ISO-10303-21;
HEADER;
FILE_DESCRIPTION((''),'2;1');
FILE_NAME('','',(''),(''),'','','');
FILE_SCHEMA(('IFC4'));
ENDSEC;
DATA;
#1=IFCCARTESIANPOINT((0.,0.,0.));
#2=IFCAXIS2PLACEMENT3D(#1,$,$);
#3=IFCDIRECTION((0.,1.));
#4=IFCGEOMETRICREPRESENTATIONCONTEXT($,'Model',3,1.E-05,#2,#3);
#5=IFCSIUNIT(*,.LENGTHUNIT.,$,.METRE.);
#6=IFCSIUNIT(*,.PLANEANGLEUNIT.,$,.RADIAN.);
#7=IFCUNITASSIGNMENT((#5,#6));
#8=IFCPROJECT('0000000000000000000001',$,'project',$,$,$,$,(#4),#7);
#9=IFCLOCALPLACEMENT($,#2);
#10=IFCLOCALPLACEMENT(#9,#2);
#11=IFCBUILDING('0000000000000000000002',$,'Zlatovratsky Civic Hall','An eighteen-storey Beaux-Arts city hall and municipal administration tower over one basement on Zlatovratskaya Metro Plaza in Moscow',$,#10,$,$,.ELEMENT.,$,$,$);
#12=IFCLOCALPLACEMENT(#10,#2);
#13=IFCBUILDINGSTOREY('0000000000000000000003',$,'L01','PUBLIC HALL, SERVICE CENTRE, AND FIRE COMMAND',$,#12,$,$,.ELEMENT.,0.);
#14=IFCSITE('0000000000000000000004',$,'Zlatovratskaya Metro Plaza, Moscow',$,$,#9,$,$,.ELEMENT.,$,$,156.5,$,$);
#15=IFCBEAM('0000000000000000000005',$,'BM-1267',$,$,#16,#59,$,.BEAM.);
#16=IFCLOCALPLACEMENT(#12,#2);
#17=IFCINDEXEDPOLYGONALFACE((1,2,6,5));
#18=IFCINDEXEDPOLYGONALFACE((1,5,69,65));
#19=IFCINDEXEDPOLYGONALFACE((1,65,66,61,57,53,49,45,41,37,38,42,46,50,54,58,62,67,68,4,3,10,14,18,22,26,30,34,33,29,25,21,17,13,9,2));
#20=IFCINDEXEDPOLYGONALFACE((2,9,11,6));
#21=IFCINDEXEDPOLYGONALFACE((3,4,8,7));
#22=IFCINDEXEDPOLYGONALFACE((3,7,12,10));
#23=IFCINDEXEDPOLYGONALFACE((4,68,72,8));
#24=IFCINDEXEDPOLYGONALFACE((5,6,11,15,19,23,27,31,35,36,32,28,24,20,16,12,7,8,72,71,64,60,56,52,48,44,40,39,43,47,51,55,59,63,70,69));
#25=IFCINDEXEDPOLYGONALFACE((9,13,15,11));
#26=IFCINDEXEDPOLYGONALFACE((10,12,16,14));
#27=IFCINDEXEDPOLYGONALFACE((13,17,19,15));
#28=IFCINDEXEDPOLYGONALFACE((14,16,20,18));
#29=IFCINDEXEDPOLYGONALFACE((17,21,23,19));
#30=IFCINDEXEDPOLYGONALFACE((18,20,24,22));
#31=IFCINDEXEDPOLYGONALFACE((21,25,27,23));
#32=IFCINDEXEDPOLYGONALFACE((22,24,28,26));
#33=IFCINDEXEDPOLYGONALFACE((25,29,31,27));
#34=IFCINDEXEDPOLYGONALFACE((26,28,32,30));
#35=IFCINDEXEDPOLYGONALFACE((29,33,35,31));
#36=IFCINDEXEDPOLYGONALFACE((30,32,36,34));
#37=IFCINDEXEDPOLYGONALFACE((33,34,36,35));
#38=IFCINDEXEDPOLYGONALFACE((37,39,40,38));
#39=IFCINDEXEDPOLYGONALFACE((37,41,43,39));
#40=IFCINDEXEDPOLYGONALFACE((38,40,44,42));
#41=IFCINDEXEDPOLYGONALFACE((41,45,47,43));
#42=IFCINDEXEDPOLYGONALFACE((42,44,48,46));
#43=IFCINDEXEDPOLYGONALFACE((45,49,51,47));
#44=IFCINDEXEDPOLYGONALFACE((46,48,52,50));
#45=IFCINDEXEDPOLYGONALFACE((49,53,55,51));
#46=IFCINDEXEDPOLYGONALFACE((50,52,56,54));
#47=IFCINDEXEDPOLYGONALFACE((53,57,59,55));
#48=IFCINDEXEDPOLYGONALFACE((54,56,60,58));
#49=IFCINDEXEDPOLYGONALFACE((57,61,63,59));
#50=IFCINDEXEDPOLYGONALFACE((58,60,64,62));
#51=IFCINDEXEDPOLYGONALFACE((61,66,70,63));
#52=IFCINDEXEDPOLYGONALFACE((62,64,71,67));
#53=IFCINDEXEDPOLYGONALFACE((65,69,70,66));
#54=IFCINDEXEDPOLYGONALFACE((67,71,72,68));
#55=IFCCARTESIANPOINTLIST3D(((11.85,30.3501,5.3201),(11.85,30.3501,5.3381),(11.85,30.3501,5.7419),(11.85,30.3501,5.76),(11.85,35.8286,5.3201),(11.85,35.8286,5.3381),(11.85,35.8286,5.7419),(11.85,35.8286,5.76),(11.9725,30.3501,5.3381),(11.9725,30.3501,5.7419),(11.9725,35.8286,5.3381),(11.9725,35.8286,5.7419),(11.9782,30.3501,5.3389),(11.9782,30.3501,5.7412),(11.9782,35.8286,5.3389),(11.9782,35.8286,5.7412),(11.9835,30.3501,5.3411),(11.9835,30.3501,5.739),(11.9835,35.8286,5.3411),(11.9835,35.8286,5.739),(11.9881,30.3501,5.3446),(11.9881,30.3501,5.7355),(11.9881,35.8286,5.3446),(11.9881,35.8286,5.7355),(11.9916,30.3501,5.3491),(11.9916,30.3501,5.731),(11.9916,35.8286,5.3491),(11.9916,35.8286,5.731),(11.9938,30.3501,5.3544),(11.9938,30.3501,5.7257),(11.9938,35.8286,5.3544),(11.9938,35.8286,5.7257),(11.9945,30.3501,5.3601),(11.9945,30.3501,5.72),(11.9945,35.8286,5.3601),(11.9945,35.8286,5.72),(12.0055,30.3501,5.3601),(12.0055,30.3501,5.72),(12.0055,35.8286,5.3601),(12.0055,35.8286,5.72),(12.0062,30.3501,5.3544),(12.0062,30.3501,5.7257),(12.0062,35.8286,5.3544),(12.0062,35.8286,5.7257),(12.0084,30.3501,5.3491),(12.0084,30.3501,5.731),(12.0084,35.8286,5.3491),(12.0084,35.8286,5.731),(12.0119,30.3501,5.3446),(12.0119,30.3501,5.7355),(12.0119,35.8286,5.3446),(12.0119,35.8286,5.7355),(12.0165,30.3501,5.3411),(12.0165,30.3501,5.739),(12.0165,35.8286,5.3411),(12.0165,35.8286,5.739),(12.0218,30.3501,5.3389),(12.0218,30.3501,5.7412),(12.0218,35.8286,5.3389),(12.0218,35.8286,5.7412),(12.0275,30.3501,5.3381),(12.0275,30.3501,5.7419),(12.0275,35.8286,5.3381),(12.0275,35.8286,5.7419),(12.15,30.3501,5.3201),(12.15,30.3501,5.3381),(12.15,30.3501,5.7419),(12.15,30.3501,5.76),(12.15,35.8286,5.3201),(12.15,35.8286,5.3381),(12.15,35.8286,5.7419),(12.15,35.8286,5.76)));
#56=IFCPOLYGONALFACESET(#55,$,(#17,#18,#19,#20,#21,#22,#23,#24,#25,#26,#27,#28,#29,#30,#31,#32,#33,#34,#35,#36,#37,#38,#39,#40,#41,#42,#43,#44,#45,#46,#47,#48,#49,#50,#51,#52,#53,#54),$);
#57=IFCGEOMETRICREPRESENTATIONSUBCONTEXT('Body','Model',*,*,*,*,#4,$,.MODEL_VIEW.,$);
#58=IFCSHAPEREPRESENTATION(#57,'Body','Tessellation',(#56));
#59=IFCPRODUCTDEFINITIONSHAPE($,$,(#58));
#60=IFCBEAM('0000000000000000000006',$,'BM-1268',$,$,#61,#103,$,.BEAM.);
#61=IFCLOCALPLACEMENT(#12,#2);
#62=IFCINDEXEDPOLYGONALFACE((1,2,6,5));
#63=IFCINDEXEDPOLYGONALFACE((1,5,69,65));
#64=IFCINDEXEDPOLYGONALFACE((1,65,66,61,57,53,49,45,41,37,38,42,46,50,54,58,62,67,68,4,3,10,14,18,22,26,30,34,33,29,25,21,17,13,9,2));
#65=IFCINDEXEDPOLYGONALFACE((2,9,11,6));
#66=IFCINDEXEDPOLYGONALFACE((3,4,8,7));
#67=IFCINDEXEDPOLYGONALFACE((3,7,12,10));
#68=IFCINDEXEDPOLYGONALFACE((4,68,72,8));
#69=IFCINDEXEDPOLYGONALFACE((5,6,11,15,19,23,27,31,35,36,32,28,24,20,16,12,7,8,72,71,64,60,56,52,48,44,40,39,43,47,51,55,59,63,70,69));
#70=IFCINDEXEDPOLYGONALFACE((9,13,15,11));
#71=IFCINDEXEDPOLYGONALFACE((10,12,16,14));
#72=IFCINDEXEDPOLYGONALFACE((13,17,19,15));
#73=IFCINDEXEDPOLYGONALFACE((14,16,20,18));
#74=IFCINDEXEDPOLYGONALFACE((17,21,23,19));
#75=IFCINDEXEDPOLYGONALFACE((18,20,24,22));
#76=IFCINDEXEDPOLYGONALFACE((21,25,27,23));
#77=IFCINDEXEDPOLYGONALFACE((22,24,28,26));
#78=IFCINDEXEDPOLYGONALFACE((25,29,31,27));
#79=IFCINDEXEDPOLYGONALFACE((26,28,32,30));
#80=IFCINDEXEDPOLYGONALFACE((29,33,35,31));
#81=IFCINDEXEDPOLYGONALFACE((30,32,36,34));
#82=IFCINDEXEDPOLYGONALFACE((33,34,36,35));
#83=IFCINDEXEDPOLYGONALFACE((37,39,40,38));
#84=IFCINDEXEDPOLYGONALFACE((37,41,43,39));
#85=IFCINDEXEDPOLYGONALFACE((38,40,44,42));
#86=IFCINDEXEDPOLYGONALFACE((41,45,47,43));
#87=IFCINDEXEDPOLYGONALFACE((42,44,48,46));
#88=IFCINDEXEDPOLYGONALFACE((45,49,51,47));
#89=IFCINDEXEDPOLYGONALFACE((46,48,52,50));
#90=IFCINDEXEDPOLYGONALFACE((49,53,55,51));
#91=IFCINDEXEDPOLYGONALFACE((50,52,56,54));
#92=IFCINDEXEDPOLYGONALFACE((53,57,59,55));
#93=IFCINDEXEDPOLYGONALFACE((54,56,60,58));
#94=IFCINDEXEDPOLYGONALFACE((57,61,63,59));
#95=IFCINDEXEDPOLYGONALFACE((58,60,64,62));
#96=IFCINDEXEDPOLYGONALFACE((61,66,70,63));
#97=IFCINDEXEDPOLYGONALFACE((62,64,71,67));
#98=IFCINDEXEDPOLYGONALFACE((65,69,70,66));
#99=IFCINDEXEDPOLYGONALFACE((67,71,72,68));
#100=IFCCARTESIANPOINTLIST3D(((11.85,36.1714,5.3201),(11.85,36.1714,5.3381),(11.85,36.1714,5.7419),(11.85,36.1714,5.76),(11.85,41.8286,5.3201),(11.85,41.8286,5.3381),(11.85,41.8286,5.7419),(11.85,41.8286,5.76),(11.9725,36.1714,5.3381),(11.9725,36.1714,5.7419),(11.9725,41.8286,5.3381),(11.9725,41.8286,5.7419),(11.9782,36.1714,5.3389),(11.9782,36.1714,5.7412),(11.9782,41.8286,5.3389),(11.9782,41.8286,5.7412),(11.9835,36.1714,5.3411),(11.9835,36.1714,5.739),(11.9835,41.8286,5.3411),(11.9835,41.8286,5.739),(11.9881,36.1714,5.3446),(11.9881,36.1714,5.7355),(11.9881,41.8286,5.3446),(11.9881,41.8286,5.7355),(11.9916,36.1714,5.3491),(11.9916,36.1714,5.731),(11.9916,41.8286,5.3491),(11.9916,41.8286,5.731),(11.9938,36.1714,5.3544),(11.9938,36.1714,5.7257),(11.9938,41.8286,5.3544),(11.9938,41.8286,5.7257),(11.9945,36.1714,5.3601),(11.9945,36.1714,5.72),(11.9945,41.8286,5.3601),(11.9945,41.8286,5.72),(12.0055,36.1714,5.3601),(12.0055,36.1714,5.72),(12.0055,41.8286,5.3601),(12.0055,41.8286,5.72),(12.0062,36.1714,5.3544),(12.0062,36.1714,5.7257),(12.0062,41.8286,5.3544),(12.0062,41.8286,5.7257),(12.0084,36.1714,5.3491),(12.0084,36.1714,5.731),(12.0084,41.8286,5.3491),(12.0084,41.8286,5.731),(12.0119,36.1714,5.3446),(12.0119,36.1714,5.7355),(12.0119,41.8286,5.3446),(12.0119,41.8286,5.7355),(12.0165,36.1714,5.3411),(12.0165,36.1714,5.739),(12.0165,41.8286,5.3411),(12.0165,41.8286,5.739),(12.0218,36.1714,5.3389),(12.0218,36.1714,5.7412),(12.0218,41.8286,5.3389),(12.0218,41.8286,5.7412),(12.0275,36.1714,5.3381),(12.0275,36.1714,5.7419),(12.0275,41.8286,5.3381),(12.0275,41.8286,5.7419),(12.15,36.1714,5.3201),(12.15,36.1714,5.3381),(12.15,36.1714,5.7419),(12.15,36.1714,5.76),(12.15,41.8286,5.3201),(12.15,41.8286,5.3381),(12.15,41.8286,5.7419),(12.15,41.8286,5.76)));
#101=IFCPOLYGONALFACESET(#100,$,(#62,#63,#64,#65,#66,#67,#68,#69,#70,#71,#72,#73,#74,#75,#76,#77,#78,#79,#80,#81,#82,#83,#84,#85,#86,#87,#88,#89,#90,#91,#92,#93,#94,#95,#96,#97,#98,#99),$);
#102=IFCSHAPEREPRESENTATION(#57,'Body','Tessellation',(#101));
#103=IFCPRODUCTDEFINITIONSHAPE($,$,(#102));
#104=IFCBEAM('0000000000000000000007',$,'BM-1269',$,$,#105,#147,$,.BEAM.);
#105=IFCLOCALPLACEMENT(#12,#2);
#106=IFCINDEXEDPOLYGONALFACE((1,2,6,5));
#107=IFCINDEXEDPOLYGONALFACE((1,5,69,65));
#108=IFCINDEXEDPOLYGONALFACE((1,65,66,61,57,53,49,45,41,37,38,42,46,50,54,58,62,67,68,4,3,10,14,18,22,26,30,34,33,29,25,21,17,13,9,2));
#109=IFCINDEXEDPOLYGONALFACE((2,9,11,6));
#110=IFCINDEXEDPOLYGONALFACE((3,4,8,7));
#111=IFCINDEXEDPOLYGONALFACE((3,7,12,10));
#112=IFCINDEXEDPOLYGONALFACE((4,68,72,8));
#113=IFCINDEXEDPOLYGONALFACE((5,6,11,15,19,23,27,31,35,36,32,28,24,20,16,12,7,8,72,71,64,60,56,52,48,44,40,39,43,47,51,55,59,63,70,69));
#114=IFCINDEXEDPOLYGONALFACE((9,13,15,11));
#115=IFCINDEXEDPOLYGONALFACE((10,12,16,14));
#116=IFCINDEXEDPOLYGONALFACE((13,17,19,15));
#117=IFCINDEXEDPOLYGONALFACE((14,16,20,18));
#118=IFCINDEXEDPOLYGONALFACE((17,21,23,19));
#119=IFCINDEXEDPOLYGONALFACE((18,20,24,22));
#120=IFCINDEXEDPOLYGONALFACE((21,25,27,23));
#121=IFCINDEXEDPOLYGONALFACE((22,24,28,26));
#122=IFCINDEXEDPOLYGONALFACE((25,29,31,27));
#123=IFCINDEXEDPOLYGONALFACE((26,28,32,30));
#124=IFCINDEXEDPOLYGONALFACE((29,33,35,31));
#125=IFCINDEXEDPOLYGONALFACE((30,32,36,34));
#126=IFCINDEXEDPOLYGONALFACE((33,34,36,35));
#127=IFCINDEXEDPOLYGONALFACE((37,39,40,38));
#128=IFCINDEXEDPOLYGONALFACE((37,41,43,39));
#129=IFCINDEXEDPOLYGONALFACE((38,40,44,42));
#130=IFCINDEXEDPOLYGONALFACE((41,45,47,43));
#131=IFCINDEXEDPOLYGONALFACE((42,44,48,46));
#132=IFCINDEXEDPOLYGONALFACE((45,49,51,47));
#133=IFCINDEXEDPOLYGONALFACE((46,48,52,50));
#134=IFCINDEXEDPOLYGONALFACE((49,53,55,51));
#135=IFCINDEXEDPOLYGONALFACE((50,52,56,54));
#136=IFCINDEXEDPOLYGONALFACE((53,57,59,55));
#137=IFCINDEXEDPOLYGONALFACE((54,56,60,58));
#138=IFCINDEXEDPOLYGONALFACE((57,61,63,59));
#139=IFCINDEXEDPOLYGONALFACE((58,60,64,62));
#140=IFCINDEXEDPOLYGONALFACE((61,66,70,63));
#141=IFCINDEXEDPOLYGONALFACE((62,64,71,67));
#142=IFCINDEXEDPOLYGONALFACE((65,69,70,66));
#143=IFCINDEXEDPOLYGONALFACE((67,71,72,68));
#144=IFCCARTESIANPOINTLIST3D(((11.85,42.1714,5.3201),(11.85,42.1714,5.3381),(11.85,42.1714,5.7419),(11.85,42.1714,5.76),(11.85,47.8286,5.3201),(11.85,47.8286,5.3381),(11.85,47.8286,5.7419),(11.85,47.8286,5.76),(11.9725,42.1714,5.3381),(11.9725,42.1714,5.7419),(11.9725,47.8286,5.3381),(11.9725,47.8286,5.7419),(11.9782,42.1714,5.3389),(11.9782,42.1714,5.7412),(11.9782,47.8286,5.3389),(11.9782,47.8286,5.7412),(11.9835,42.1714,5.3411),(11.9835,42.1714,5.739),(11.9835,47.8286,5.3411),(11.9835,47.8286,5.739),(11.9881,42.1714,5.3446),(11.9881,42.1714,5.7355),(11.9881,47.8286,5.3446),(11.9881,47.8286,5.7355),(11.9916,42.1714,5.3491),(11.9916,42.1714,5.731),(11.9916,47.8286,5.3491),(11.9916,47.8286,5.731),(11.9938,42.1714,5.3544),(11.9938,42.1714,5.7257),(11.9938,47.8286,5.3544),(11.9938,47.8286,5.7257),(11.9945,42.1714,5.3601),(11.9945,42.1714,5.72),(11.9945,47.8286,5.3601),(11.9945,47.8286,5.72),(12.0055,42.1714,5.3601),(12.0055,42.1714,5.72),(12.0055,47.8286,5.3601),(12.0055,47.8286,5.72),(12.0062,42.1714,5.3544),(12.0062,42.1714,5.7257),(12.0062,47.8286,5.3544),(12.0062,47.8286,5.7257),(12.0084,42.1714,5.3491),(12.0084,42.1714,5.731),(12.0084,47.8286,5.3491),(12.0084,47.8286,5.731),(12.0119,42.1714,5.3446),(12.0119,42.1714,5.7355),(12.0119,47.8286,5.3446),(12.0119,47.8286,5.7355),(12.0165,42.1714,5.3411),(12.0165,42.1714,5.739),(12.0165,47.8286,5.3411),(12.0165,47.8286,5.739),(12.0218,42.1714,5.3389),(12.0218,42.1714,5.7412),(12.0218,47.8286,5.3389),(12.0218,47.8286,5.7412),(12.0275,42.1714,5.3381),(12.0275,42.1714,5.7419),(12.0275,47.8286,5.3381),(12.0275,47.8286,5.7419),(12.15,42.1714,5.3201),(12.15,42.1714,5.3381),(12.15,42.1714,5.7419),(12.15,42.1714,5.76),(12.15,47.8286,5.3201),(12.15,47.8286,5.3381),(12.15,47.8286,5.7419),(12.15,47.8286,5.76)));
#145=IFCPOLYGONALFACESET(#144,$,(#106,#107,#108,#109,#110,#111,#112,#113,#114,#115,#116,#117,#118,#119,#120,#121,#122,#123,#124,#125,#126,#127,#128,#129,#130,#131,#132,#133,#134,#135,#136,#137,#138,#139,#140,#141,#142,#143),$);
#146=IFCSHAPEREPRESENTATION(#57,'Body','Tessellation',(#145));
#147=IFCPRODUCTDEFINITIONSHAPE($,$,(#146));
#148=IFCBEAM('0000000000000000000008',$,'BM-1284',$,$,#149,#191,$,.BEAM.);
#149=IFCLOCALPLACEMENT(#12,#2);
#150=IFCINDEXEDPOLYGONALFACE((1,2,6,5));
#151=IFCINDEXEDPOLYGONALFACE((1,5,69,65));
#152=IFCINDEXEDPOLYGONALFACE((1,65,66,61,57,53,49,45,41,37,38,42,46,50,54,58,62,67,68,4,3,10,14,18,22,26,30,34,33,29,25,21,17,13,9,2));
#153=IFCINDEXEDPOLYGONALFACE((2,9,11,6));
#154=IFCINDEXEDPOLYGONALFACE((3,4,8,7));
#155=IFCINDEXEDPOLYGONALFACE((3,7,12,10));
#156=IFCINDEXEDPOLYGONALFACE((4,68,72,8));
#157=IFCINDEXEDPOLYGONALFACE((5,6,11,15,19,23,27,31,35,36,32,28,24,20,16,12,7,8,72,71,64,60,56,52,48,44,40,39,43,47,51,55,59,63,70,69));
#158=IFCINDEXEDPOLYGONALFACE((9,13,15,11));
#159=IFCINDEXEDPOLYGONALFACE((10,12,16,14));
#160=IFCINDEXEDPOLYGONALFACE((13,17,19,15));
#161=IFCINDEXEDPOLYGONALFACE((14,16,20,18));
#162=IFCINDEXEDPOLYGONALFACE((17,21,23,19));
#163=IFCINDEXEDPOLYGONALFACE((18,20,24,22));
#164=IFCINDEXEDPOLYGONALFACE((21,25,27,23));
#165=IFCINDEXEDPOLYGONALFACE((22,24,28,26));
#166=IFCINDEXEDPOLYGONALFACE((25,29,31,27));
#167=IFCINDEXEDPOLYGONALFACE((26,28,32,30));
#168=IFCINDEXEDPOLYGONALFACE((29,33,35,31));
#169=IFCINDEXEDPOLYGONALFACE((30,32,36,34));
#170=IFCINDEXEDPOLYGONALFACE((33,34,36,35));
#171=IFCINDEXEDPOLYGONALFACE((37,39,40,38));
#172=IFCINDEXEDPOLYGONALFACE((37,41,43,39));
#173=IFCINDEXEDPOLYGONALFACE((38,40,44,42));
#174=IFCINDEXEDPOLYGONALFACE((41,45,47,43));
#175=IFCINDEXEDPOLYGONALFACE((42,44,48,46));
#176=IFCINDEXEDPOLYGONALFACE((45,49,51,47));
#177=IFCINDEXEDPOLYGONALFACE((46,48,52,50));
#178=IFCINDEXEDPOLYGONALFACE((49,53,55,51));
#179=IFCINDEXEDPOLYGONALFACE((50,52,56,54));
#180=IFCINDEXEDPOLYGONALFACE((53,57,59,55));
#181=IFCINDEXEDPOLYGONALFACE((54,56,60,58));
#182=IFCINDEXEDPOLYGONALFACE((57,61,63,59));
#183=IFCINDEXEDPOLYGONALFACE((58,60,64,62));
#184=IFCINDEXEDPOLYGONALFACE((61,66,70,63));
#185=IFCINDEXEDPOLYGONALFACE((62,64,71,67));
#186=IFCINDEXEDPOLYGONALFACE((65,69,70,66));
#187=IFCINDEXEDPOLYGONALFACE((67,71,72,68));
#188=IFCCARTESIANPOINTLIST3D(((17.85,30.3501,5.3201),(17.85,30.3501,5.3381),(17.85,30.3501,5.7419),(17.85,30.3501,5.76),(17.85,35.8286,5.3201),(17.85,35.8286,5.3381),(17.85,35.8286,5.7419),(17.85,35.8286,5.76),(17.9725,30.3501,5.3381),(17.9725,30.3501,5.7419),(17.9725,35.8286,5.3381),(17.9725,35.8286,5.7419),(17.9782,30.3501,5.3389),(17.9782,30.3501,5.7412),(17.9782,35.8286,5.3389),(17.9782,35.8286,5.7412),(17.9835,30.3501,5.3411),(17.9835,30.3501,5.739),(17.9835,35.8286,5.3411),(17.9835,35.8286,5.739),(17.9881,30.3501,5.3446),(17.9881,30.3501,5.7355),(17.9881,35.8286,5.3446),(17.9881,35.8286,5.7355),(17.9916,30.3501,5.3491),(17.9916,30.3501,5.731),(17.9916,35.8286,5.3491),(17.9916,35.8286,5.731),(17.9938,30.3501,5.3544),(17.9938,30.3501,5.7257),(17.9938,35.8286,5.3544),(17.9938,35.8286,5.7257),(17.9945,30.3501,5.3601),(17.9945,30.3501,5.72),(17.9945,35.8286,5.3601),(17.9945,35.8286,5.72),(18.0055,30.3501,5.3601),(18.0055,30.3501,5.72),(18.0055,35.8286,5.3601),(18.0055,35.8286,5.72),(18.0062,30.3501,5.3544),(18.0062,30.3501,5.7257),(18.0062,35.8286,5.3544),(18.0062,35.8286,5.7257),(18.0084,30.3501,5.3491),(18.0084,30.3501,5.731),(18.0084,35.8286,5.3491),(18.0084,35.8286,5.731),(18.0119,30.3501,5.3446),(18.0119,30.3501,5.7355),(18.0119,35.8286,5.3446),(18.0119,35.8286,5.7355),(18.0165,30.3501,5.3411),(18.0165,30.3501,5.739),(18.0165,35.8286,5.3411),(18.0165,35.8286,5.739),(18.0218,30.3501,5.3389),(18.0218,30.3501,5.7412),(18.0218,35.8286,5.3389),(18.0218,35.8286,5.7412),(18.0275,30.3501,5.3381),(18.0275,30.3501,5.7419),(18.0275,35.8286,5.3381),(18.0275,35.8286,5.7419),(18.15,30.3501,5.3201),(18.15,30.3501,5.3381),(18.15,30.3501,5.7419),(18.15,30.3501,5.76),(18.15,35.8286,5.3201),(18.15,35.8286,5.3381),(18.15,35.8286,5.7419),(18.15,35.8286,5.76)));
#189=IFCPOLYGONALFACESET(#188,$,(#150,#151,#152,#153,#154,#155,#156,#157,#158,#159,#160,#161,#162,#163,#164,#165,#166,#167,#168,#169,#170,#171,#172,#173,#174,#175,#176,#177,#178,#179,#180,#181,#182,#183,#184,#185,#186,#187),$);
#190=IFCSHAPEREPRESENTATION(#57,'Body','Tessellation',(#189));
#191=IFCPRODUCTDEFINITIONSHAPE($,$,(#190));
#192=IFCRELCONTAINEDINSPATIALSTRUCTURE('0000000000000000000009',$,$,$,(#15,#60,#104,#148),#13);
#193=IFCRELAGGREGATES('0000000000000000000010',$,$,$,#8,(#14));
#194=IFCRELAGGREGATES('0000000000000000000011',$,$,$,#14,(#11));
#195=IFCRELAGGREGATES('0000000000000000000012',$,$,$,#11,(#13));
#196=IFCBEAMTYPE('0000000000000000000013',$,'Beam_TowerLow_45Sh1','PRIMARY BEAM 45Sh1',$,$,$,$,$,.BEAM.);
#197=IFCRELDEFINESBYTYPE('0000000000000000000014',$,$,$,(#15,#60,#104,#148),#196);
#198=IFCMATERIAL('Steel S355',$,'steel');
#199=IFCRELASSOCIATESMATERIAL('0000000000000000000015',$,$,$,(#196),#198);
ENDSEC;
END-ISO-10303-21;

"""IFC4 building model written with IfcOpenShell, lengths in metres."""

from ifc_helpers import new_model, si_unit, direction, frame, origin, origin_2d, place, context, subcontext, project, spatial, i_section, extrude, material, material_profile, profile_set, type_object, element, save


model = new_model("IFC4")

# Units and contexts
model_context = context("Model", 3, precision=1e-05, world=origin(), true_north=direction((0.0, 1.0)))
body_context = subcontext(model_context, "Body", "Model", "MODEL_VIEW")
ifc_project = project(units=[si_unit("LENGTHUNIT", "METRE"), si_unit("PLANEANGLEUNIT", "RADIAN")], contexts=[model_context])

# Site, building, storey
site_placement = place(None, origin())
site = spatial("IfcSite", under=ifc_project, at=site_placement, Name="Zlatovratskaya Metro Plaza, Moscow", CompositionType="ELEMENT", RefElevation=156.5)
building_placement = place(site_placement, origin())
building = spatial("IfcBuilding", under=site, at=building_placement, Name="Zlatovratsky Civic Hall", Description="An eighteen-storey Beaux-Arts city hall and municipal administration tower over one basement on Zlatovratskaya Metro Plaza in Moscow", CompositionType="ELEMENT")
storey_placement = place(building_placement, origin())
storey = spatial("IfcBuildingStorey", under=building, at=storey_placement, Name="L01", Description="PUBLIC HALL, SERVICE CENTRE, AND FIRE COMMAND", CompositionType="ELEMENT", Elevation=0.0)

# Shared definitions
ifc_material_1 = material(Name="Steel S355", Category="steel")

# Beams
ifc_material_profile_1 = material_profile(ifc_material_1, i_section(OverallWidth=0.3, OverallDepth=0.4399, WebThickness=0.011, FlangeThickness=0.0181, FilletRadius=0.022, at=origin_2d()), Name="45Sh1")
ifc_profile_set_1 = profile_set([ifc_material_profile_1], Name="Steel S355")
beam_type_1 = type_object("IfcBeamType", Name="Beam_TowerLow_45Sh1", Description="PRIMARY BEAM 45Sh1", PredefinedType="BEAM", material=ifc_profile_set_1)
beam_1_placement = place(storey_placement, frame((12.0, 30.3501, 5.54), z_axis=(0.0, 1.0, 0.0), x_axis=(-1.0, 0.0, 0.0)))
element("IfcBeam", 1, at=beam_1_placement, inside=storey, type_object=beam_type_1, Name="BM-1267", PredefinedType="BEAM", context=body_context, shape_type="SweptSolid", body=[
    extrude(i_section(OverallWidth=0.3, OverallDepth=0.4399, WebThickness=0.011, FlangeThickness=0.0181, FilletRadius=0.022, at=origin_2d()), origin(), (0.0, 0.0, 1.0), 5.4785),
])
for number, where, z_axis, x_axis, name in (
    (2, (12.0, 36.1714, 5.54), (0.0, 1.0, 0.0), (-1.0, 0.0, 0.0), "BM-1268"),
    (3, (12.0, 42.1714, 5.54), (0.0, 1.0, 0.0), (-1.0, 0.0, 0.0), "BM-1269"),
):
    element("IfcBeam", number, at=place(storey_placement, frame(where, z_axis=z_axis, x_axis=x_axis)), inside=storey, type_object=beam_type_1, Name=name, PredefinedType="BEAM", context=body_context, shape_type="SweptSolid", body=[
        extrude(i_section(OverallWidth=0.3, OverallDepth=0.4399, WebThickness=0.011, FlangeThickness=0.0181, FilletRadius=0.022, at=origin_2d()), origin(), (0.0, 0.0, 1.0), 5.6572),
    ])
beam_2_placement = place(storey_placement, frame((18.0, 30.3501, 5.54), z_axis=(0.0, 1.0, 0.0), x_axis=(-1.0, 0.0, 0.0)))
element("IfcBeam", 4, at=beam_2_placement, inside=storey, type_object=beam_type_1, Name="BM-1284", PredefinedType="BEAM", context=body_context, shape_type="SweptSolid", body=[
    extrude(i_section(OverallWidth=0.3, OverallDepth=0.4399, WebThickness=0.011, FlangeThickness=0.0181, FilletRadius=0.022, at=origin_2d()), origin(), (0.0, 0.0, 1.0), 5.4785),
])

save(model, "model.ifc")
